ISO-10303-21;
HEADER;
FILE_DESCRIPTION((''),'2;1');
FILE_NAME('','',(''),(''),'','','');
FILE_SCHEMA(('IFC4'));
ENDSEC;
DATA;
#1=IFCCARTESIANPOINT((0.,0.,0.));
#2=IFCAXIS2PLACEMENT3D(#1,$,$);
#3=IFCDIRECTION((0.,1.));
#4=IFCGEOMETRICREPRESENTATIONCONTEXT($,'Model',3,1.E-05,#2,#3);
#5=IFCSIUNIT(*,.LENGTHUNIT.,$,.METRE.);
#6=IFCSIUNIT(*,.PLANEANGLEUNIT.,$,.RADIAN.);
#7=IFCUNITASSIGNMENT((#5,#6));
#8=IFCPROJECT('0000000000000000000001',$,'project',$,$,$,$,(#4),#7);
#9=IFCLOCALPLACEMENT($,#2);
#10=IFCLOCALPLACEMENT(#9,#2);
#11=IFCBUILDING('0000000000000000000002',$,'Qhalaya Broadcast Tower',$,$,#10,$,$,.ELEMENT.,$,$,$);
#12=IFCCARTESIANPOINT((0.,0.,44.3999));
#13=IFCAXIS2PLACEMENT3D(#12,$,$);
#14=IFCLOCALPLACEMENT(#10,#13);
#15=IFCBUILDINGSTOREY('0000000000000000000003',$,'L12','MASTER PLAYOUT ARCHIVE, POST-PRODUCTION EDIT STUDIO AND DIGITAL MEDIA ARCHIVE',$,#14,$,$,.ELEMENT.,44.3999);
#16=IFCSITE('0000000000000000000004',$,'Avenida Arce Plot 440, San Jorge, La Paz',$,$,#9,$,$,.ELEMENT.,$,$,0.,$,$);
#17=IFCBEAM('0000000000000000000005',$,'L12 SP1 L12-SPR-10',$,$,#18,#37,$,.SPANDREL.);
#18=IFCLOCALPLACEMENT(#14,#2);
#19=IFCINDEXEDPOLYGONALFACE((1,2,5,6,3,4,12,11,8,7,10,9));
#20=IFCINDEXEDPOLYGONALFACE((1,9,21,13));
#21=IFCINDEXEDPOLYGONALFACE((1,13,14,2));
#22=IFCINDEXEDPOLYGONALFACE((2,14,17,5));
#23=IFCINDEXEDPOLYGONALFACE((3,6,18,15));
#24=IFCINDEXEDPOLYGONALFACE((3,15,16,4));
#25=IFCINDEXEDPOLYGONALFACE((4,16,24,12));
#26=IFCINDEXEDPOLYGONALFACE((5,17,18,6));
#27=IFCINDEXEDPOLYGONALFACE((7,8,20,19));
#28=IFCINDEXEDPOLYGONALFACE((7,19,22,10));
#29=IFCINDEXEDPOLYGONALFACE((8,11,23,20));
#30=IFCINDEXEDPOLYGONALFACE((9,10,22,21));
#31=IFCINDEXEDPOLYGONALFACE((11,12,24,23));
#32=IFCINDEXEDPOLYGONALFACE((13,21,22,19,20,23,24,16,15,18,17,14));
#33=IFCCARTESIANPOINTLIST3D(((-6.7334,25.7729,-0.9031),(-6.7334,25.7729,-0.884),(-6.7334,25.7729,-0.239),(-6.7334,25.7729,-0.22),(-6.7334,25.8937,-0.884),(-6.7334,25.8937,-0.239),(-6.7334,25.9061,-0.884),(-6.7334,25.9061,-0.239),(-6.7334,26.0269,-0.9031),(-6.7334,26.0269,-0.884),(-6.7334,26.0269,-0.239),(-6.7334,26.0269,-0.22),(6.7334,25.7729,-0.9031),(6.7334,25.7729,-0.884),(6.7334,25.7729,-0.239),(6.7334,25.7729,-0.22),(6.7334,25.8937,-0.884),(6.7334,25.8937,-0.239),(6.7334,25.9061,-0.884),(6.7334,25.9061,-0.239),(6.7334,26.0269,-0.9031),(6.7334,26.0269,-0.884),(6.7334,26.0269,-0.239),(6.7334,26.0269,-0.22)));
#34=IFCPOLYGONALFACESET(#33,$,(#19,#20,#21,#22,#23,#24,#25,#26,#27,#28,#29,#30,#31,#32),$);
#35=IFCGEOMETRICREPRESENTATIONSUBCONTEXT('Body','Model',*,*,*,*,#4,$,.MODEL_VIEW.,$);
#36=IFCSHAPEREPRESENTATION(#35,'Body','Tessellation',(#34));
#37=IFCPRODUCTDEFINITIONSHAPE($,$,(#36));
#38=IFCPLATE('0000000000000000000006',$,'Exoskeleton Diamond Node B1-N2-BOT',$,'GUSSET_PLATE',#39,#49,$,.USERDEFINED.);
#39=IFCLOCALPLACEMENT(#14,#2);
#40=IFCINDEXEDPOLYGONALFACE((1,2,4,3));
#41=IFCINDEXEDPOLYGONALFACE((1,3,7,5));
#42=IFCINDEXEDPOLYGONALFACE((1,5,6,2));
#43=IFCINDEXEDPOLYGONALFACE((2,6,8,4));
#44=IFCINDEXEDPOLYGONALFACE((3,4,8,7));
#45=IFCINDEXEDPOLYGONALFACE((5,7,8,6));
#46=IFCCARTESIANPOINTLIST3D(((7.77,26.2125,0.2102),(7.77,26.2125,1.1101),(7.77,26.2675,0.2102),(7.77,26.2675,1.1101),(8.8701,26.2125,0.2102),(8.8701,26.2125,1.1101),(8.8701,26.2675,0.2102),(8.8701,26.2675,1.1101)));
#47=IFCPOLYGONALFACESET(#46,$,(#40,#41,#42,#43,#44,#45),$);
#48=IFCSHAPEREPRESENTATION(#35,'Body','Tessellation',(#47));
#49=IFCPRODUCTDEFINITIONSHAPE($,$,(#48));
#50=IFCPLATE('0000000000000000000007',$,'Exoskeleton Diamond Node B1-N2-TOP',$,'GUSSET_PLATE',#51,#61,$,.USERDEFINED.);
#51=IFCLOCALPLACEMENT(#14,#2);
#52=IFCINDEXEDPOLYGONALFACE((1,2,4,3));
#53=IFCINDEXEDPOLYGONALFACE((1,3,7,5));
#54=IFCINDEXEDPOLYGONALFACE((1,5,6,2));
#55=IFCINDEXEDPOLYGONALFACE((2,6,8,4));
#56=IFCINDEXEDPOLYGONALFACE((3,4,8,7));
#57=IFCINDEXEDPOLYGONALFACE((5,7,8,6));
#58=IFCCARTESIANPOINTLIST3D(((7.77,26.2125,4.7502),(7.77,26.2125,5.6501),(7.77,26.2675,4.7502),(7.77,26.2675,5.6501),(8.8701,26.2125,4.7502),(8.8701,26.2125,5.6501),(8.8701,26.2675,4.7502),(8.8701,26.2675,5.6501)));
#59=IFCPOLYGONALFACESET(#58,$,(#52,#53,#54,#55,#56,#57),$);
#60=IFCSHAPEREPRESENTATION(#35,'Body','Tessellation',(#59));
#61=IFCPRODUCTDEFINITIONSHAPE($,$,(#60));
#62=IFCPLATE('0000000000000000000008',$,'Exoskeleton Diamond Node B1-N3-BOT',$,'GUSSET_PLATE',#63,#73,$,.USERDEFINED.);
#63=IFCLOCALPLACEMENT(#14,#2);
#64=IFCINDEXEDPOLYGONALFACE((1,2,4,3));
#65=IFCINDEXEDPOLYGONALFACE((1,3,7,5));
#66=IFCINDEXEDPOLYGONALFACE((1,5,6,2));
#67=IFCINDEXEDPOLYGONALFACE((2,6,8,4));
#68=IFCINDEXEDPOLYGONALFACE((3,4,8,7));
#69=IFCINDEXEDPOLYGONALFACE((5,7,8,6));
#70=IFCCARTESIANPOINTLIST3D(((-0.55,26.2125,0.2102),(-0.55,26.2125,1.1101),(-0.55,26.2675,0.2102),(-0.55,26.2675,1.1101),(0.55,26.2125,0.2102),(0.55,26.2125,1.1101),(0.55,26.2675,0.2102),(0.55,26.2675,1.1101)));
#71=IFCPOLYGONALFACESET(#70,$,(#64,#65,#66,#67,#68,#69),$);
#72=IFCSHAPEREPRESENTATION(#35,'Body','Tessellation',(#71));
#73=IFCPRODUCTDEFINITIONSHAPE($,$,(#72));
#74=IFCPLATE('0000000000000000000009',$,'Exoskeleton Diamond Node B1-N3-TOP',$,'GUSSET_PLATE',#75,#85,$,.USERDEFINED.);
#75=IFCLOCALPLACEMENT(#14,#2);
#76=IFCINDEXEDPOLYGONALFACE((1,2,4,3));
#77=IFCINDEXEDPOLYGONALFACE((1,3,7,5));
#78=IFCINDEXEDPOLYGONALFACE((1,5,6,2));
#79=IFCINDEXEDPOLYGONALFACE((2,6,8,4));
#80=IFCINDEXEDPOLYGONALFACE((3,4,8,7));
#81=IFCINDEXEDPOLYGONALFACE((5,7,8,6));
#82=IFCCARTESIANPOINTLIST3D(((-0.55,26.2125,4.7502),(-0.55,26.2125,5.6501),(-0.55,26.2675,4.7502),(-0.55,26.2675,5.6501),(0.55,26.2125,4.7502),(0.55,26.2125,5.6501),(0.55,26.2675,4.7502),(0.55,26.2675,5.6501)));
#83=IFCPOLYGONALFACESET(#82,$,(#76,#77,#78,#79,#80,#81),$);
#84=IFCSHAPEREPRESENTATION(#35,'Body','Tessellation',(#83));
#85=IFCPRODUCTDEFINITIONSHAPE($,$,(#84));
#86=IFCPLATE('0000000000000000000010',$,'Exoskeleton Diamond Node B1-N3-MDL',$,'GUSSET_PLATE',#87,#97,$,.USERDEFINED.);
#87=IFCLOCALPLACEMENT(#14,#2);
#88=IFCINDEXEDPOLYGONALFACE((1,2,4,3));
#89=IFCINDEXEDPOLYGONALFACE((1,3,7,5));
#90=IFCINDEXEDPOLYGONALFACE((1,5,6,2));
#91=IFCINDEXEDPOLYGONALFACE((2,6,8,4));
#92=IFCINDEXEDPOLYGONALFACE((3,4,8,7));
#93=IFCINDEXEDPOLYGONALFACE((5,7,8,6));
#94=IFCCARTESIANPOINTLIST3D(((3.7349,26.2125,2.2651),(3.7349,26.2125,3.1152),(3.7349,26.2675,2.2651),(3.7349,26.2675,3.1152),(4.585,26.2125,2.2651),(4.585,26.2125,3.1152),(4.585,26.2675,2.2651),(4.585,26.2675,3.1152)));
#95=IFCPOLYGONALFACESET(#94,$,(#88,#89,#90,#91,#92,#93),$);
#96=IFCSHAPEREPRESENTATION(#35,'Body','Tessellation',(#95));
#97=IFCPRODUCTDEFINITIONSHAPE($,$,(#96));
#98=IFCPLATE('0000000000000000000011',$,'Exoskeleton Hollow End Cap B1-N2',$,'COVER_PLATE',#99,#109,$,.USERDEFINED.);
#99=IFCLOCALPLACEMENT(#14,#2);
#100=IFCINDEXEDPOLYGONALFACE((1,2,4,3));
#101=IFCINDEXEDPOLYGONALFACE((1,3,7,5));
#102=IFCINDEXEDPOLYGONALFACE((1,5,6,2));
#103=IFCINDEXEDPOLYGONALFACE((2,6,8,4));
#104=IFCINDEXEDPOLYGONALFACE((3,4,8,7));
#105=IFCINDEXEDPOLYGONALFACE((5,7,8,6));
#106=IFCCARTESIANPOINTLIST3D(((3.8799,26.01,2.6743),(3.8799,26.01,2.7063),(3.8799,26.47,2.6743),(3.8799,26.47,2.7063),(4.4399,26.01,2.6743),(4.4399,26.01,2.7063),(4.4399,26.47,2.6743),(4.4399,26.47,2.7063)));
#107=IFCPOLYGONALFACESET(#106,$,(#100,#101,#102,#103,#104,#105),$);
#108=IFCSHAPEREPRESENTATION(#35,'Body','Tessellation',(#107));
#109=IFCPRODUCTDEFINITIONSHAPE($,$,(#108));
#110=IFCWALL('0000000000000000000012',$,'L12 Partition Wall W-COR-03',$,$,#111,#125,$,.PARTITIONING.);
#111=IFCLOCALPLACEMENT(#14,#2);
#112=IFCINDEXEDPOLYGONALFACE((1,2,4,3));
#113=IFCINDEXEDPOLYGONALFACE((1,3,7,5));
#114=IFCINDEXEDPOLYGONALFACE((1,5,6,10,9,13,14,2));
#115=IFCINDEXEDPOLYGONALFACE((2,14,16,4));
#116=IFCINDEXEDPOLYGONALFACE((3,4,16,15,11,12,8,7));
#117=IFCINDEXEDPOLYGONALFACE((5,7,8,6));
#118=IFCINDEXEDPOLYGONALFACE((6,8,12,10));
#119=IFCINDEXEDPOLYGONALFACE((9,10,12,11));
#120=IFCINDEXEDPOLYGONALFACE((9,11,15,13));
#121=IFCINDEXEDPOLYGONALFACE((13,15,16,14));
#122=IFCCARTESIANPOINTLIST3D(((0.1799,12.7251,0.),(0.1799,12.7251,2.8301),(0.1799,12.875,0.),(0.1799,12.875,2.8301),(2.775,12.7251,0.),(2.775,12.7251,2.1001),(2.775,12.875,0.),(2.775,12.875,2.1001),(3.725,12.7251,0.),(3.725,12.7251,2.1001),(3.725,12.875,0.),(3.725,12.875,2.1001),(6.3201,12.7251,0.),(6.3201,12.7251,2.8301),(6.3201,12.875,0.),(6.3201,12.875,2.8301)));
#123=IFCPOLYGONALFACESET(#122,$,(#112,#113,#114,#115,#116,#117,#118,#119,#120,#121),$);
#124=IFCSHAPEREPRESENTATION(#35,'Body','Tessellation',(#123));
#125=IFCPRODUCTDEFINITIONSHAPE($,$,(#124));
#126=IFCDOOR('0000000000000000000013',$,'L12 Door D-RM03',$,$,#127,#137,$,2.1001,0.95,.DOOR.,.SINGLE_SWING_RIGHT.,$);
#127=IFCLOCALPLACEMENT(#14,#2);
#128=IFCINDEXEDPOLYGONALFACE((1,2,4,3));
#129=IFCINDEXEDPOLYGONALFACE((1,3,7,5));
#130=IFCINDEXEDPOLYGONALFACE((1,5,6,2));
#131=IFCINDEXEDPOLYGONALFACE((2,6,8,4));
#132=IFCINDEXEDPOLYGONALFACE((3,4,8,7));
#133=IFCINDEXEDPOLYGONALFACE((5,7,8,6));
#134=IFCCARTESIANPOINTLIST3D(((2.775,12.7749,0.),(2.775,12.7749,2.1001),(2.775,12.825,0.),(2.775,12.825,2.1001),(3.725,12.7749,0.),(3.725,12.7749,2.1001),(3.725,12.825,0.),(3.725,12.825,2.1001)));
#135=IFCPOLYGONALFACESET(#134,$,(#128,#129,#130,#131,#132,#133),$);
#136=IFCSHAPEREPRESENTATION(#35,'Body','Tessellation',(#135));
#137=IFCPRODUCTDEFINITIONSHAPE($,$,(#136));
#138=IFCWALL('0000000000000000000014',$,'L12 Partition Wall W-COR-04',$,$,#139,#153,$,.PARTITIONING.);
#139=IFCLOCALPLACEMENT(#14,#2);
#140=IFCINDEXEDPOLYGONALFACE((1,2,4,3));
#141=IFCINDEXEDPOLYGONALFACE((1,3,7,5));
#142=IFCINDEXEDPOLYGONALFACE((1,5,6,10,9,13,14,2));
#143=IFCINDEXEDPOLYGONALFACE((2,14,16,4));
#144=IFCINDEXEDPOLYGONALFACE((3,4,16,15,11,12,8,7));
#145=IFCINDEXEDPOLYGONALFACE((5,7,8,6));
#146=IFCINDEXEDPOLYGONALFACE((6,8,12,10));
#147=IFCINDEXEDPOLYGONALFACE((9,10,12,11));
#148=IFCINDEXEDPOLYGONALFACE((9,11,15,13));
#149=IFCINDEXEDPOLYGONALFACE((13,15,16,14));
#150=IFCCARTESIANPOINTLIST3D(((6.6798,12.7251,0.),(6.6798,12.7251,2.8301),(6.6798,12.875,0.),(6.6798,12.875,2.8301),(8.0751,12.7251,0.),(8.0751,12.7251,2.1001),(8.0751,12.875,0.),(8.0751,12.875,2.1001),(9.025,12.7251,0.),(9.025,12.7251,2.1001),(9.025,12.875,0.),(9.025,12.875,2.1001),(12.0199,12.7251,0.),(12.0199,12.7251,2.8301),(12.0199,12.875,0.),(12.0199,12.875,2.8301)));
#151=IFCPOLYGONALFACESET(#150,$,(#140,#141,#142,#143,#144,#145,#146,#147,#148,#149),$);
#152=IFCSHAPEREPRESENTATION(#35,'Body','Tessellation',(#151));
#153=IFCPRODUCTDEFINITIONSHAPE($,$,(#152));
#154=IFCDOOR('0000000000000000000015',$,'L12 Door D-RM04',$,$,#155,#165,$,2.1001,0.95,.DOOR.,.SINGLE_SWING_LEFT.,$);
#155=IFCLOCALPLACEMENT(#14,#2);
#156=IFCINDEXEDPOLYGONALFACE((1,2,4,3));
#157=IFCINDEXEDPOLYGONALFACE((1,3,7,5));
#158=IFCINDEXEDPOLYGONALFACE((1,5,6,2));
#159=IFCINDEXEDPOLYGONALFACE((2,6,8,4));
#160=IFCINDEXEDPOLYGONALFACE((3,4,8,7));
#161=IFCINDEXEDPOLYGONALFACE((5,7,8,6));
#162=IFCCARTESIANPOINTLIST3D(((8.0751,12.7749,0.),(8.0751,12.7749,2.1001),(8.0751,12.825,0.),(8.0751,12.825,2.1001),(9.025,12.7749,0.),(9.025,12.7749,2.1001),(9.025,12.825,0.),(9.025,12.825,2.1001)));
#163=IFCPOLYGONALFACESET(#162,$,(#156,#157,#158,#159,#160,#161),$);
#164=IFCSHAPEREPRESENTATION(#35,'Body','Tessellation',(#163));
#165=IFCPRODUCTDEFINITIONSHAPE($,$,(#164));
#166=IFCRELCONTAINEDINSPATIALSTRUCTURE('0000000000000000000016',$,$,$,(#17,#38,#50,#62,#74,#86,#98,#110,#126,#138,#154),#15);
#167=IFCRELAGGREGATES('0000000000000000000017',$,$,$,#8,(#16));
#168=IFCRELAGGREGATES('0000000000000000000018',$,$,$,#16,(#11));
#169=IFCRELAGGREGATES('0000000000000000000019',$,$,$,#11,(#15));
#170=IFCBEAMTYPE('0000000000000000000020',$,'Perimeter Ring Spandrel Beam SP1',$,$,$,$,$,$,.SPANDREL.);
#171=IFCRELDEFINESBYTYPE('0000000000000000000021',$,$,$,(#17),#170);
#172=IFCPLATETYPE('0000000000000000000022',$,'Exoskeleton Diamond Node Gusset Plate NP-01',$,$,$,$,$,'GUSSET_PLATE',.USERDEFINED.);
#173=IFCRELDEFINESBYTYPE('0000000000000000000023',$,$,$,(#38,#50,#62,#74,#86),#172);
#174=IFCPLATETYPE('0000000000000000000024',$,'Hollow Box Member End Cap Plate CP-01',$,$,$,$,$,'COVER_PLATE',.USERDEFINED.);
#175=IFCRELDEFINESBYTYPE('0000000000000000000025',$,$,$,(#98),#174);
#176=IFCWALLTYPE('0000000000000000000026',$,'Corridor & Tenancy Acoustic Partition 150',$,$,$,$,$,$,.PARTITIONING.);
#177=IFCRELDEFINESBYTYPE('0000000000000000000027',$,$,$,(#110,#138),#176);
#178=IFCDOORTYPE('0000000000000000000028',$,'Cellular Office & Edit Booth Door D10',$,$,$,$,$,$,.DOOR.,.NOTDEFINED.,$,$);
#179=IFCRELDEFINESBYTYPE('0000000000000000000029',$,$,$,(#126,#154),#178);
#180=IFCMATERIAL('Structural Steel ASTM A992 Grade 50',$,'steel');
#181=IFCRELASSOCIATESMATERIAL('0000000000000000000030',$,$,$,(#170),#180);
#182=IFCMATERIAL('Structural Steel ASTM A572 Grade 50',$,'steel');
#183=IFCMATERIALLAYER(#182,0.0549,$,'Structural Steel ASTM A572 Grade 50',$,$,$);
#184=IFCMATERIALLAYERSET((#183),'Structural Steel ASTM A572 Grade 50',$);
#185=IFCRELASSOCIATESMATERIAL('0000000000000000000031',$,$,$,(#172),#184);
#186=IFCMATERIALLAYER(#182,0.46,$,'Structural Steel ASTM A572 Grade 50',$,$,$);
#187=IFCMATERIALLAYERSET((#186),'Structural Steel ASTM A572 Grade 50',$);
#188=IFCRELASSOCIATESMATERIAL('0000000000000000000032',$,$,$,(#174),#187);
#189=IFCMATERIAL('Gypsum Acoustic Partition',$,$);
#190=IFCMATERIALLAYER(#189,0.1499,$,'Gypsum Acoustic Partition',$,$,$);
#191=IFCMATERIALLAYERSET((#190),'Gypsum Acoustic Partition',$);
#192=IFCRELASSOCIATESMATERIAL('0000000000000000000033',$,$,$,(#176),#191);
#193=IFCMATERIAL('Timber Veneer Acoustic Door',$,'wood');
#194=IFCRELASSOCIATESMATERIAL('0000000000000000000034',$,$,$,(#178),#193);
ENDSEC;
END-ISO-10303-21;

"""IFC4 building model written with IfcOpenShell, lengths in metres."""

from ifc_helpers import new_model, si_unit, direction, frame, frame_2d, origin, origin_2d, place, context, subcontext, project, spatial, rectangle, i_section, extrude, material, layer, layer_set, material_profile, profile_set, type_object, element, fill, save


model = new_model("IFC4")

# Units and contexts
model_context = context("Model", 3, precision=1e-05, world=origin(), true_north=direction((0.0, 1.0)))
body_context = subcontext(model_context, "Body", "Model", "MODEL_VIEW")
ifc_project = project(units=[si_unit("LENGTHUNIT", "METRE"), si_unit("PLANEANGLEUNIT", "RADIAN")], contexts=[model_context])

# Site, building, storey
site_placement = place(None, origin())
site = spatial("IfcSite", under=ifc_project, at=site_placement, Name="Avenida Arce Plot 440, San Jorge, La Paz", CompositionType="ELEMENT", RefElevation=0.0)
building_placement = place(site_placement, origin())
building = spatial("IfcBuilding", under=site, at=building_placement, Name="Qhalaya Broadcast Tower", CompositionType="ELEMENT")
storey_placement = place(building_placement, frame((0.0, 0.0, 44.3999)))
storey = spatial("IfcBuildingStorey", under=building, at=storey_placement, Name="L12", Description="MASTER PLAYOUT ARCHIVE, POST-PRODUCTION EDIT STUDIO AND DIGITAL MEDIA ARCHIVE", CompositionType="ELEMENT", Elevation=44.3999)

# Shared definitions
ifc_material_1 = material(Name="Structural Steel ASTM A572 Grade 50", Category="steel")

# Shared definitions
ifc_material_2 = material(Name="Structural Steel ASTM A992 Grade 50", Category="steel")

# Beam
ifc_material_profile_1 = material_profile(ifc_material_2, i_section(OverallWidth=0.2539, OverallDepth=0.6831, WebThickness=0.0125, FlangeThickness=0.019, at=origin_2d()), Name="W27X94")
ifc_profile_set_1 = profile_set([ifc_material_profile_1], Name="Structural Steel ASTM A992 Grade 50")
beam_type_1 = type_object("IfcBeamType", Name="Perimeter Ring Spandrel Beam SP1", PredefinedType="SPANDREL", material=ifc_profile_set_1)
beam_1_placement = place(storey_placement, frame((6.7334, 25.8999, -0.5615), z_axis=(-1.0, 0.0, 0.0), x_axis=(0.0, -1.0, 0.0)))
element("IfcBeam", 1, at=beam_1_placement, inside=storey, type_object=beam_type_1, Name="L12 SP1 L12-SPR-10", PredefinedType="SPANDREL", context=body_context, shape_type="SweptSolid", body=[
    extrude(i_section(OverallWidth=0.2539, OverallDepth=0.6831, WebThickness=0.0125, FlangeThickness=0.019, at=origin_2d()), origin(), (0.0, 0.0, 1.0), 13.4668),
])

# Plates
ifc_layer_1 = layer(ifc_material_1, 0.0549, Name="Structural Steel ASTM A572 Grade 50")
ifc_layer_set_1 = layer_set([ifc_layer_1], Name="Structural Steel ASTM A572 Grade 50")
plate_type_1 = type_object("IfcPlateType", Name="Exoskeleton Diamond Node Gusset Plate NP-01", ElementType="GUSSET_PLATE", PredefinedType="USERDEFINED", material=ifc_layer_set_1)
for number, where, z_axis, x_axis, name in (
    (2, (8.3201, 26.24, 0.2102), (0.0, 0.0, 1.0), (1.0, 0.0, 0.0), "Exoskeleton Diamond Node B1-N2-BOT"),
    (3, (8.3201, 26.24, 4.7502), (0.0, 0.0, 1.0), (1.0, 0.0, 0.0), "Exoskeleton Diamond Node B1-N2-TOP"),
    (4, (0.0, 26.24, 0.2102), (0.0, 0.0, 1.0), (1.0, 0.0, 0.0), "Exoskeleton Diamond Node B1-N3-BOT"),
    (5, (0.0, 26.24, 4.7502), (0.0, 0.0, 1.0), (1.0, 0.0, 0.0), "Exoskeleton Diamond Node B1-N3-TOP"),
):
    element("IfcPlate", number, at=place(storey_placement, frame(where, z_axis=z_axis, x_axis=x_axis)), inside=storey, type_object=plate_type_1, Name=name, ObjectType="GUSSET_PLATE", PredefinedType="USERDEFINED", context=body_context, shape_type="SweptSolid", body=[
        extrude(rectangle(XDim=1.1001, YDim=0.0549, at=origin_2d()), origin(), (0.0, 0.0, 1.0), 0.8999),
    ])
plate_1_placement = place(storey_placement, frame((4.1599, 26.24, 2.2651), z_axis=(0.0, 0.0, 1.0), x_axis=(1.0, 0.0, 0.0)))
element("IfcPlate", 6, at=plate_1_placement, inside=storey, type_object=plate_type_1, Name="Exoskeleton Diamond Node B1-N3-MDL", ObjectType="GUSSET_PLATE", PredefinedType="USERDEFINED", context=body_context, shape_type="SweptSolid", body=[
    extrude(rectangle(XDim=0.8501, YDim=0.0549, at=origin_2d()), origin(), (0.0, 0.0, 1.0), 0.8501),
])
ifc_layer_2 = layer(ifc_material_1, 0.46, Name="Structural Steel ASTM A572 Grade 50")
ifc_layer_set_2 = layer_set([ifc_layer_2], Name="Structural Steel ASTM A572 Grade 50")
plate_type_2 = type_object("IfcPlateType", Name="Hollow Box Member End Cap Plate CP-01", ElementType="COVER_PLATE", PredefinedType="USERDEFINED", material=ifc_layer_set_2)
plate_2_placement = place(storey_placement, frame((4.1599, 26.24, 2.6743), z_axis=(0.0, 0.0, 1.0), x_axis=(1.0, 0.0, 0.0)))
element("IfcPlate", 7, at=plate_2_placement, inside=storey, type_object=plate_type_2, Name="Exoskeleton Hollow End Cap B1-N2", ObjectType="COVER_PLATE", PredefinedType="USERDEFINED", context=body_context, shape_type="SweptSolid", body=[
    extrude(rectangle(XDim=0.5601, YDim=0.46, at=origin_2d()), origin(), (0.0, 0.0, 1.0), 0.032),
])

# Walls, openings, doors
ifc_material_3 = material(Name="Gypsum Acoustic Partition")
ifc_layer_3 = layer(ifc_material_3, 0.1499, Name="Gypsum Acoustic Partition")
ifc_layer_set_3 = layer_set([ifc_layer_3], Name="Gypsum Acoustic Partition")
wall_type_1 = type_object("IfcWallType", Name="Corridor & Tenancy Acoustic Partition 150", PredefinedType="PARTITIONING", material=ifc_layer_set_3)
wall_1_placement = place(storey_placement, frame((0.1799, 12.8, 0.0), z_axis=(0.0, 0.0, 1.0), x_axis=(1.0, 0.0, 0.0)))
wall_1 = element("IfcWall", 8, at=wall_1_placement, inside=storey, type_object=wall_type_1, Name="L12 Partition Wall W-COR-03", PredefinedType="PARTITIONING", context=body_context, shape_type="SweptSolid", body=[
    extrude(rectangle(XDim=6.1401, YDim=0.1499, at=frame_2d((3.0701, 0.0))), origin(), (0.0, 0.0, 1.0), 2.8301),
])
opening_1_placement = place(wall_1_placement, frame((2.595, 0.0, 0.0)))
opening_1 = element("IfcOpeningElement", 9, at=opening_1_placement, cuts=wall_1, PredefinedType="OPENING", context=body_context, shape_type="SweptSolid", body=[
    extrude(rectangle(XDim=0.95, YDim=2.1001, at=frame_2d((0.4751, 1.05))), frame((0.0, 0.0869, 0.0), z_axis=(0.0, -1.0, 0.0), x_axis=(1.0, 0.0, 0.0)), (0.0, 0.0, 1.0), 0.1738),
])
ifc_material_4 = material(Name="Timber Veneer Acoustic Door", Category="wood")
door_type = type_object("IfcDoorType", Name="Cellular Office & Edit Booth Door D10", OperationType="NOTDEFINED", PredefinedType="DOOR", material=ifc_material_4)
door_1_placement = place(opening_1_placement, origin())
door_1 = element("IfcDoor", 10, at=door_1_placement, inside=storey, type_object=door_type, Name="L12 Door D-RM03", OperationType="SINGLE_SWING_RIGHT", OverallHeight=2.1001, OverallWidth=0.95, PredefinedType="DOOR", context=body_context, shape_type="SweptSolid", body=[
    extrude(rectangle(XDim=0.95, YDim=2.1001, at=frame_2d((0.4751, 1.05))), frame((0.0, 0.0249, 0.0), z_axis=(0.0, -1.0, 0.0), x_axis=(1.0, 0.0, 0.0)), (0.0, 0.0, 1.0), 0.05),
])
fill(opening_1, door_1)
wall_2_placement = place(storey_placement, frame((6.6799, 12.8, 0.0), z_axis=(0.0, 0.0, 1.0), x_axis=(1.0, 0.0, 0.0)))
wall_2 = element("IfcWall", 11, at=wall_2_placement, inside=storey, type_object=wall_type_1, Name="L12 Partition Wall W-COR-04", PredefinedType="PARTITIONING", context=body_context, shape_type="SweptSolid", body=[
    extrude(rectangle(XDim=5.3401, YDim=0.1499, at=frame_2d((2.6699, 0.0))), origin(), (0.0, 0.0, 1.0), 2.8301),
])
opening_2_placement = place(wall_2_placement, frame((1.395, 0.0, 0.0)))
opening_2 = element("IfcOpeningElement", 12, at=opening_2_placement, cuts=wall_2, PredefinedType="OPENING", context=body_context, shape_type="SweptSolid", body=[
    extrude(rectangle(XDim=0.95, YDim=2.1001, at=frame_2d((0.4751, 1.05))), frame((0.0, 0.0869, 0.0), z_axis=(0.0, -1.0, 0.0), x_axis=(1.0, 0.0, 0.0)), (0.0, 0.0, 1.0), 0.1738),
])
door_2_placement = place(opening_2_placement, origin())
door_2 = element("IfcDoor", 13, at=door_2_placement, inside=storey, type_object=door_type, Name="L12 Door D-RM04", OperationType="SINGLE_SWING_LEFT", OverallHeight=2.1001, OverallWidth=0.95, PredefinedType="DOOR", context=body_context, shape_type="SweptSolid", body=[
    extrude(rectangle(XDim=0.95, YDim=2.1001, at=frame_2d((0.4751, 1.05))), frame((0.0, 0.0249, 0.0), z_axis=(0.0, -1.0, 0.0), x_axis=(1.0, 0.0, 0.0)), (0.0, 0.0, 1.0), 0.05),
])
fill(opening_2, door_2)

save(model, "model.ifc")
